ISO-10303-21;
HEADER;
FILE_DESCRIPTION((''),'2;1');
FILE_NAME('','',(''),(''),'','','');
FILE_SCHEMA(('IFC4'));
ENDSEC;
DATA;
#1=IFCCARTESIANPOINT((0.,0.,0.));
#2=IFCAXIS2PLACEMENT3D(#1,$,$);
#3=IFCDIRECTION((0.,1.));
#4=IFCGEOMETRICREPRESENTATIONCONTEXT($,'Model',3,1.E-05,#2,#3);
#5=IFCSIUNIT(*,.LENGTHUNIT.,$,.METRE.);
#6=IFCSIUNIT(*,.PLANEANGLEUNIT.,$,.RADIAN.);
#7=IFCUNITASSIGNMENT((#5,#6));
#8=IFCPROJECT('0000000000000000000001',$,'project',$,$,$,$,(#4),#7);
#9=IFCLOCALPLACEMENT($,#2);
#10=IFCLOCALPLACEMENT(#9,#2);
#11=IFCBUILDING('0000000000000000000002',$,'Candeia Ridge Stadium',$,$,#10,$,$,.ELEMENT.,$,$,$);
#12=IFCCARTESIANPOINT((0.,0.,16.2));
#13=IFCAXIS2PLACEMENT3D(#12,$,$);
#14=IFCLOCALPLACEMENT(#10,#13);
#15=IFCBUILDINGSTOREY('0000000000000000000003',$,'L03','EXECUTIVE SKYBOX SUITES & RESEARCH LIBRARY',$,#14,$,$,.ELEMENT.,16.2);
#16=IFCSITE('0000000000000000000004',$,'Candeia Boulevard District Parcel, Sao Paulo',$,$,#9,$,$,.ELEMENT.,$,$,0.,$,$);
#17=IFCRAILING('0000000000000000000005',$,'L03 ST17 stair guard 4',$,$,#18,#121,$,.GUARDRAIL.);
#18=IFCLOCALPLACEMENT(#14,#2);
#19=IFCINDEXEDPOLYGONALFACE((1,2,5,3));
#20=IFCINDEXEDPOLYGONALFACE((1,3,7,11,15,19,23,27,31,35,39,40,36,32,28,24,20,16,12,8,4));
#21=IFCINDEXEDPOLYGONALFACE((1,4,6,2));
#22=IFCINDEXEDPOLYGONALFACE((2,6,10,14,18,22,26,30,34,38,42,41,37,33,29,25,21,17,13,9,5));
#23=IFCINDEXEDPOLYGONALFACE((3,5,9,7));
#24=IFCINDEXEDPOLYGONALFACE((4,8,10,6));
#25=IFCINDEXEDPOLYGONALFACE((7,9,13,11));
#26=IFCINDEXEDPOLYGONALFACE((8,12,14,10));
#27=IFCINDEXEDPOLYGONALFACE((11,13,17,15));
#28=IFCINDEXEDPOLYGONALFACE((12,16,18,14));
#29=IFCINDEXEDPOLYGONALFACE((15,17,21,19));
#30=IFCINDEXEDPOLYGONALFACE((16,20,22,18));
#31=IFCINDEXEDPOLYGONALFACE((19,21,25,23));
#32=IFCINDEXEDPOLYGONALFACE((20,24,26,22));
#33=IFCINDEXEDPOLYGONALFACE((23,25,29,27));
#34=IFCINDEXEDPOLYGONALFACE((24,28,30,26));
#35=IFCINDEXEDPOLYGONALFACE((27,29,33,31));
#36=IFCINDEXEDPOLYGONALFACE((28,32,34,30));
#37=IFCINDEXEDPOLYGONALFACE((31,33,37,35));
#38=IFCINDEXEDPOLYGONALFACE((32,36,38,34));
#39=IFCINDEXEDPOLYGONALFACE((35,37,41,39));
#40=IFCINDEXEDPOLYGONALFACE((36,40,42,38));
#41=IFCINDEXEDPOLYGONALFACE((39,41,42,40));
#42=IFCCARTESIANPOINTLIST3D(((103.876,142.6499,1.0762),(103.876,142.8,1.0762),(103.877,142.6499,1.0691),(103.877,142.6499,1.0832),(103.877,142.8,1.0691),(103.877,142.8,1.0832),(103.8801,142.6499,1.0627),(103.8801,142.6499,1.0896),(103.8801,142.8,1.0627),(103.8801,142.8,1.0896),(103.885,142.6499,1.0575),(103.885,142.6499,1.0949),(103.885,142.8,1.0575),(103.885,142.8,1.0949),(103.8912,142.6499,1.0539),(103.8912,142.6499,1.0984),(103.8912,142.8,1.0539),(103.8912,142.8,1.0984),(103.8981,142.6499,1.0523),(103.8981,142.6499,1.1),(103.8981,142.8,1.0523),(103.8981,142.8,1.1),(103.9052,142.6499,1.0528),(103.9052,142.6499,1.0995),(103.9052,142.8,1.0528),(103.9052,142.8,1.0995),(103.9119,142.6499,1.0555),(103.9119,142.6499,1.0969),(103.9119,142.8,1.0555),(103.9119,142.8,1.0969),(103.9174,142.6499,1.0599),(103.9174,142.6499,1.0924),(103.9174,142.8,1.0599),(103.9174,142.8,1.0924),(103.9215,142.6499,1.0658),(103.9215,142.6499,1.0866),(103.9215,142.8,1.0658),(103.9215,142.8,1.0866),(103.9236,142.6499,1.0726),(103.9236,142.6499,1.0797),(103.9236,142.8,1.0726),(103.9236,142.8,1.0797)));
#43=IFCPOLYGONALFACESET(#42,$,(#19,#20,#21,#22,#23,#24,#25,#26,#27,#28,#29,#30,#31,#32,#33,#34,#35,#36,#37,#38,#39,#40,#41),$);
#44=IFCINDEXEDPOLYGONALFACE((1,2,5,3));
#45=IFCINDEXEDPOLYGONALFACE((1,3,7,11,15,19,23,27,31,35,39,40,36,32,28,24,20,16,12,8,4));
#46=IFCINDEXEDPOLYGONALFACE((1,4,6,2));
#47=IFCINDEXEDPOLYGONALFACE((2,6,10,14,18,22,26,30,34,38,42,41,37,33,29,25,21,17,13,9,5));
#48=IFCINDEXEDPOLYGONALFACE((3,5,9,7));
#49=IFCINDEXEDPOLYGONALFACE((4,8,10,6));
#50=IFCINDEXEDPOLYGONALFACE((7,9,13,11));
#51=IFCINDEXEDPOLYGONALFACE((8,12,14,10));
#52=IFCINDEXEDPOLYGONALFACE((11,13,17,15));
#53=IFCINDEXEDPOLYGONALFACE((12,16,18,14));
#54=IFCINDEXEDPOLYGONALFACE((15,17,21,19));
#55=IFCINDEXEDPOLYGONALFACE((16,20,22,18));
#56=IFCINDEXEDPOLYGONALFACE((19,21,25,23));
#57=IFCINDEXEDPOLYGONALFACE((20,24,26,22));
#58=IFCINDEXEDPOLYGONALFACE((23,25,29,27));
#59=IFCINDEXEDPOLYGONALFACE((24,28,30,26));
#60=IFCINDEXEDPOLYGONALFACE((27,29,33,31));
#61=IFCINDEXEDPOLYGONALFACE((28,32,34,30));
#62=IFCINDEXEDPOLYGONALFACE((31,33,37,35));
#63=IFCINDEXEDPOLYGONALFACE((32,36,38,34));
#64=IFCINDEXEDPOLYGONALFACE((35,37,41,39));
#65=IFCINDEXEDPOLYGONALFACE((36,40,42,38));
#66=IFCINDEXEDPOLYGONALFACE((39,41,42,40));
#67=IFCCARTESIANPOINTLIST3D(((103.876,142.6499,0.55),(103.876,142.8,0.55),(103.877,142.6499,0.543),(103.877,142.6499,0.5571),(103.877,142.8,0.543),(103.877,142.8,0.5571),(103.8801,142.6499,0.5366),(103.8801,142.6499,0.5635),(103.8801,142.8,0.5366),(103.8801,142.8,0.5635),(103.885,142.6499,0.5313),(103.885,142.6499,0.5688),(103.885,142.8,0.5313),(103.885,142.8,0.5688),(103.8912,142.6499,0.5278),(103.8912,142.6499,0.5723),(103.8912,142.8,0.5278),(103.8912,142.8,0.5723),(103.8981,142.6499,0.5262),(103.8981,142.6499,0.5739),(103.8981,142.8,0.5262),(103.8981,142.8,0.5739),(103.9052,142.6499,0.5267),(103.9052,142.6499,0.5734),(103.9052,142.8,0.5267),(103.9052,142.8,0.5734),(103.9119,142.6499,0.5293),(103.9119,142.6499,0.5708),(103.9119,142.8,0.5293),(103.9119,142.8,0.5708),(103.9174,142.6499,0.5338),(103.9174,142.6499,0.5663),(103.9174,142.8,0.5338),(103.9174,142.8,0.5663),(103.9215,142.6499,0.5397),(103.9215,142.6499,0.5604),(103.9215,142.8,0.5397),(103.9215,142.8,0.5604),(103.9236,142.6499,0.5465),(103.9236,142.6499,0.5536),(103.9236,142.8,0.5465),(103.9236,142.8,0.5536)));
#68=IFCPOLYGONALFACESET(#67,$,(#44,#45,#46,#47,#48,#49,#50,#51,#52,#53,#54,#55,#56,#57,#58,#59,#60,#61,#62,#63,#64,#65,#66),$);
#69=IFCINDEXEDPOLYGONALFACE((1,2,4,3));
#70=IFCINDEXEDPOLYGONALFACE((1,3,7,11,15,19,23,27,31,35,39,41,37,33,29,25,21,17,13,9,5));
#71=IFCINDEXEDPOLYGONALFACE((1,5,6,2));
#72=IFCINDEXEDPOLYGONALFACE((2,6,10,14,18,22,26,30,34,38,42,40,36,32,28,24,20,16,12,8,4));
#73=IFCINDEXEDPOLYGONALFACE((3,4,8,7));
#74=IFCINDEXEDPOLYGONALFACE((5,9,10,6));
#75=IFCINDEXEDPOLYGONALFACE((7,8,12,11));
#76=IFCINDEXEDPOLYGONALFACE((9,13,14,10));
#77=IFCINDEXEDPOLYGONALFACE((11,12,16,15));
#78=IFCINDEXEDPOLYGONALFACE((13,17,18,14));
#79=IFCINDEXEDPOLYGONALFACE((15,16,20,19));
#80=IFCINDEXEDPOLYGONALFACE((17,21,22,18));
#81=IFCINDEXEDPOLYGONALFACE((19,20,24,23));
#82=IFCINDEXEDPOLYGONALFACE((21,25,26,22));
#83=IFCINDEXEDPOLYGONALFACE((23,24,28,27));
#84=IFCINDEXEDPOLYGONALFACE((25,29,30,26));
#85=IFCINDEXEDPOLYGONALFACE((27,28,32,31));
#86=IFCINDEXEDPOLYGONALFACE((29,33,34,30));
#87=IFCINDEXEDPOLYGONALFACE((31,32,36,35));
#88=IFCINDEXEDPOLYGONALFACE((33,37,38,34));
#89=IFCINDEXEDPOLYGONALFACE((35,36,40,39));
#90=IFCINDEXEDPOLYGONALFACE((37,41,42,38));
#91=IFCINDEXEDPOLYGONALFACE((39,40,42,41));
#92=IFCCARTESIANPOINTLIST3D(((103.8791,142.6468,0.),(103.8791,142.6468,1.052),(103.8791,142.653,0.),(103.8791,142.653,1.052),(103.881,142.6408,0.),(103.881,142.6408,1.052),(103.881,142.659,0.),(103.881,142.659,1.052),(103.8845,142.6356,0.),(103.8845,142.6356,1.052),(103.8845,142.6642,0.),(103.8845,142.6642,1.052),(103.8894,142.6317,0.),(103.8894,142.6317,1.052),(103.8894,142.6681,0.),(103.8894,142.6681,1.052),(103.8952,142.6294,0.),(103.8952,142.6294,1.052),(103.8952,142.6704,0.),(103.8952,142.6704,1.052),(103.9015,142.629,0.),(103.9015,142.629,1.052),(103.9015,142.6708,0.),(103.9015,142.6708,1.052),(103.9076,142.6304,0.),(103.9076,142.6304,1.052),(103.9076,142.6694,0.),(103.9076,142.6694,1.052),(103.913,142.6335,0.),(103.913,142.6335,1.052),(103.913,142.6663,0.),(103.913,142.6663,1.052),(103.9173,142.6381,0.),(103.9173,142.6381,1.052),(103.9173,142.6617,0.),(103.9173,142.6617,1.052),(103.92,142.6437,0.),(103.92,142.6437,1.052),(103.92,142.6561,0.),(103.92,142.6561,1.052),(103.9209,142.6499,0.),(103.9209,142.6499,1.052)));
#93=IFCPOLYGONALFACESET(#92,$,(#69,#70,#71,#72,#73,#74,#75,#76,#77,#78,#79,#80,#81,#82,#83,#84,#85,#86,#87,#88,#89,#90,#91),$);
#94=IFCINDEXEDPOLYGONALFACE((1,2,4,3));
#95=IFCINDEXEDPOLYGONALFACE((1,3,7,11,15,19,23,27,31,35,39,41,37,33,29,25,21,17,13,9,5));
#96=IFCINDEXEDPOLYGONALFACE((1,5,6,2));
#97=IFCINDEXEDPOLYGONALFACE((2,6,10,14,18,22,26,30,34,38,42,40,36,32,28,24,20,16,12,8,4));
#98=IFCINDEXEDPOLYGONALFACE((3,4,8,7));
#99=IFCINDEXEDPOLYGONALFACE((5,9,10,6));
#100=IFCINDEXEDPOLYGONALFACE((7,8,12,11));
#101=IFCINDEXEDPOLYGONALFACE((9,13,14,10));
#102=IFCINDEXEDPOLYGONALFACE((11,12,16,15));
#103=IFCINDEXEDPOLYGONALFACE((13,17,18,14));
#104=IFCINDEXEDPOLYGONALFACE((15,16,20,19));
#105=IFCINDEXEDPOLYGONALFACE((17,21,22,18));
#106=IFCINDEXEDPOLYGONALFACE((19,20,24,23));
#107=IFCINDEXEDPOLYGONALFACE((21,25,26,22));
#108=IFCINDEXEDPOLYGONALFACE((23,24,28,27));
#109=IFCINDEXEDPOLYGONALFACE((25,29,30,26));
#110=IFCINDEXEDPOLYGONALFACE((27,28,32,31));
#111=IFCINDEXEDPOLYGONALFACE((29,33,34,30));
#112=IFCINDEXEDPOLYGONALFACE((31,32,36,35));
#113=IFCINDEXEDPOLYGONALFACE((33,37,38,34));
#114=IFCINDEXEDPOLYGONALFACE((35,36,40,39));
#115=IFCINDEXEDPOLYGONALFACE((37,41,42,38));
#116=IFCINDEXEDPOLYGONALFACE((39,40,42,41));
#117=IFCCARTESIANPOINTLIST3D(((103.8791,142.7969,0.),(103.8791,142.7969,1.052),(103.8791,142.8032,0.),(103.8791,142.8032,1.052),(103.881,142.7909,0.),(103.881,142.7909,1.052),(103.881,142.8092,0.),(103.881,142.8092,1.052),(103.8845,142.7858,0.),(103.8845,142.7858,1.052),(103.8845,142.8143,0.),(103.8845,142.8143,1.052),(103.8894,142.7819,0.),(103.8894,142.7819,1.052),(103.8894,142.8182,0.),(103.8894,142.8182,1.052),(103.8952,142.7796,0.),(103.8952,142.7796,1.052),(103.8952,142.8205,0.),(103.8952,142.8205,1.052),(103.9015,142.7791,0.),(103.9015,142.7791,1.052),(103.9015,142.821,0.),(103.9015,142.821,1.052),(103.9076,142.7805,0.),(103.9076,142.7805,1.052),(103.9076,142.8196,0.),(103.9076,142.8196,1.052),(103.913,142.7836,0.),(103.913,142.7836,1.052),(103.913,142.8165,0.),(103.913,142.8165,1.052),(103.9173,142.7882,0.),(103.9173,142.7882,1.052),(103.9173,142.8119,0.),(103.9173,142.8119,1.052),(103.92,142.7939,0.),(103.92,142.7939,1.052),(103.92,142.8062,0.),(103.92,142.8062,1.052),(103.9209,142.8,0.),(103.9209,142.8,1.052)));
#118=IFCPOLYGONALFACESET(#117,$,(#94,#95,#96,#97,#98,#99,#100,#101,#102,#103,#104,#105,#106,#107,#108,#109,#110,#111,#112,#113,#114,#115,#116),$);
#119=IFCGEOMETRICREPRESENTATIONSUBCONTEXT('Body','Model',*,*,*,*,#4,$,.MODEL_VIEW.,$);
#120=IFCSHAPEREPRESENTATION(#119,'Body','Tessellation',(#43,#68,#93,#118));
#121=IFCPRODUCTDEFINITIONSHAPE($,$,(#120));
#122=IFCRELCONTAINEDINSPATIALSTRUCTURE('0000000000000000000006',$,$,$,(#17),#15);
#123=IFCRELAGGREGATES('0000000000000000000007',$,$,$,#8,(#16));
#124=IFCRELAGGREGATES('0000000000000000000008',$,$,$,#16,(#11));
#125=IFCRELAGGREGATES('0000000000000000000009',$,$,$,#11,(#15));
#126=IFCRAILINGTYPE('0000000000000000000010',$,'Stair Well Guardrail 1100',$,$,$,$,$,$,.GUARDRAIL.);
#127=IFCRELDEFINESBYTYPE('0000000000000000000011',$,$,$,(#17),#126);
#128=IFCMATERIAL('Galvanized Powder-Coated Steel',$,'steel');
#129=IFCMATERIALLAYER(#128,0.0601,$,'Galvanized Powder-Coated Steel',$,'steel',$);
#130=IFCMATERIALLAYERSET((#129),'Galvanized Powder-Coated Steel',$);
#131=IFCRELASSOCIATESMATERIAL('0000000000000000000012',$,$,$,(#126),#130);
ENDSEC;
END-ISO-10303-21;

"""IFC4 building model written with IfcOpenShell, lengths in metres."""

from ifc_helpers import new_model, si_unit, direction, frame, origin, origin_2d, place, context, subcontext, project, spatial, circle, extrude, material, layer, layer_set, type_object, element, save


model = new_model("IFC4")

# Units and contexts
model_context = context("Model", 3, precision=1e-05, world=origin(), true_north=direction((0.0, 1.0)))
body_context = subcontext(model_context, "Body", "Model", "MODEL_VIEW")
ifc_project = project(units=[si_unit("LENGTHUNIT", "METRE"), si_unit("PLANEANGLEUNIT", "RADIAN")], contexts=[model_context])

# Site, building, storey
site_placement = place(None, origin())
site = spatial("IfcSite", under=ifc_project, at=site_placement, Name="Candeia Boulevard District Parcel, Sao Paulo", CompositionType="ELEMENT", RefElevation=0.0)
building_placement = place(site_placement, origin())
building = spatial("IfcBuilding", under=site, at=building_placement, Name="Candeia Ridge Stadium", CompositionType="ELEMENT")
storey_placement = place(building_placement, frame((0.0, 0.0, 16.2)))
storey = spatial("IfcBuildingStorey", under=building, at=storey_placement, Name="L03", Description="EXECUTIVE SKYBOX SUITES & RESEARCH LIBRARY", CompositionType="ELEMENT", Elevation=16.2)

# Railing
ifc_material_1 = material(Name="Galvanized Powder-Coated Steel", Category="steel")
ifc_layer_1 = layer(ifc_material_1, 0.0601, Name="Galvanized Powder-Coated Steel", Category="steel")
ifc_layer_set_1 = layer_set([ifc_layer_1], Name="Galvanized Powder-Coated Steel")
railing_type_1 = type_object("IfcRailingType", Name="Stair Well Guardrail 1100", PredefinedType="GUARDRAIL", material=ifc_layer_set_1)
railing_1_placement = place(storey_placement, frame((103.8999, 142.6499, 0.0)))
element("IfcRailing", 1, at=railing_1_placement, inside=storey, type_object=railing_type_1, Name="L03 ST17 stair guard 4", PredefinedType="GUARDRAIL", context=body_context, shape_type="SweptSolid", body=[
    extrude(circle(Radius=0.0239, at=origin_2d()), frame((0.0, 0.0, 1.0762), z_axis=(0.0, 1.0, 0.0), x_axis=(-1.0, 0.0, 0.0)), (0.0, 0.0, 1.0), 0.1501),
    extrude(circle(Radius=0.0239, at=origin_2d()), frame((0.0, 0.0, 0.55), z_axis=(0.0, 1.0, 0.0), x_axis=(-1.0, 0.0, 0.0)), (0.0, 0.0, 1.0), 0.1501),
    extrude(circle(Radius=0.021, at=origin_2d()), origin(), (0.0, 0.0, 1.0), 1.052),
    extrude(circle(Radius=0.021, at=origin_2d()), frame((0.0, 0.1501, 0.0)), (0.0, 0.0, 1.0), 1.052),
])

save(model, "model.ifc")
